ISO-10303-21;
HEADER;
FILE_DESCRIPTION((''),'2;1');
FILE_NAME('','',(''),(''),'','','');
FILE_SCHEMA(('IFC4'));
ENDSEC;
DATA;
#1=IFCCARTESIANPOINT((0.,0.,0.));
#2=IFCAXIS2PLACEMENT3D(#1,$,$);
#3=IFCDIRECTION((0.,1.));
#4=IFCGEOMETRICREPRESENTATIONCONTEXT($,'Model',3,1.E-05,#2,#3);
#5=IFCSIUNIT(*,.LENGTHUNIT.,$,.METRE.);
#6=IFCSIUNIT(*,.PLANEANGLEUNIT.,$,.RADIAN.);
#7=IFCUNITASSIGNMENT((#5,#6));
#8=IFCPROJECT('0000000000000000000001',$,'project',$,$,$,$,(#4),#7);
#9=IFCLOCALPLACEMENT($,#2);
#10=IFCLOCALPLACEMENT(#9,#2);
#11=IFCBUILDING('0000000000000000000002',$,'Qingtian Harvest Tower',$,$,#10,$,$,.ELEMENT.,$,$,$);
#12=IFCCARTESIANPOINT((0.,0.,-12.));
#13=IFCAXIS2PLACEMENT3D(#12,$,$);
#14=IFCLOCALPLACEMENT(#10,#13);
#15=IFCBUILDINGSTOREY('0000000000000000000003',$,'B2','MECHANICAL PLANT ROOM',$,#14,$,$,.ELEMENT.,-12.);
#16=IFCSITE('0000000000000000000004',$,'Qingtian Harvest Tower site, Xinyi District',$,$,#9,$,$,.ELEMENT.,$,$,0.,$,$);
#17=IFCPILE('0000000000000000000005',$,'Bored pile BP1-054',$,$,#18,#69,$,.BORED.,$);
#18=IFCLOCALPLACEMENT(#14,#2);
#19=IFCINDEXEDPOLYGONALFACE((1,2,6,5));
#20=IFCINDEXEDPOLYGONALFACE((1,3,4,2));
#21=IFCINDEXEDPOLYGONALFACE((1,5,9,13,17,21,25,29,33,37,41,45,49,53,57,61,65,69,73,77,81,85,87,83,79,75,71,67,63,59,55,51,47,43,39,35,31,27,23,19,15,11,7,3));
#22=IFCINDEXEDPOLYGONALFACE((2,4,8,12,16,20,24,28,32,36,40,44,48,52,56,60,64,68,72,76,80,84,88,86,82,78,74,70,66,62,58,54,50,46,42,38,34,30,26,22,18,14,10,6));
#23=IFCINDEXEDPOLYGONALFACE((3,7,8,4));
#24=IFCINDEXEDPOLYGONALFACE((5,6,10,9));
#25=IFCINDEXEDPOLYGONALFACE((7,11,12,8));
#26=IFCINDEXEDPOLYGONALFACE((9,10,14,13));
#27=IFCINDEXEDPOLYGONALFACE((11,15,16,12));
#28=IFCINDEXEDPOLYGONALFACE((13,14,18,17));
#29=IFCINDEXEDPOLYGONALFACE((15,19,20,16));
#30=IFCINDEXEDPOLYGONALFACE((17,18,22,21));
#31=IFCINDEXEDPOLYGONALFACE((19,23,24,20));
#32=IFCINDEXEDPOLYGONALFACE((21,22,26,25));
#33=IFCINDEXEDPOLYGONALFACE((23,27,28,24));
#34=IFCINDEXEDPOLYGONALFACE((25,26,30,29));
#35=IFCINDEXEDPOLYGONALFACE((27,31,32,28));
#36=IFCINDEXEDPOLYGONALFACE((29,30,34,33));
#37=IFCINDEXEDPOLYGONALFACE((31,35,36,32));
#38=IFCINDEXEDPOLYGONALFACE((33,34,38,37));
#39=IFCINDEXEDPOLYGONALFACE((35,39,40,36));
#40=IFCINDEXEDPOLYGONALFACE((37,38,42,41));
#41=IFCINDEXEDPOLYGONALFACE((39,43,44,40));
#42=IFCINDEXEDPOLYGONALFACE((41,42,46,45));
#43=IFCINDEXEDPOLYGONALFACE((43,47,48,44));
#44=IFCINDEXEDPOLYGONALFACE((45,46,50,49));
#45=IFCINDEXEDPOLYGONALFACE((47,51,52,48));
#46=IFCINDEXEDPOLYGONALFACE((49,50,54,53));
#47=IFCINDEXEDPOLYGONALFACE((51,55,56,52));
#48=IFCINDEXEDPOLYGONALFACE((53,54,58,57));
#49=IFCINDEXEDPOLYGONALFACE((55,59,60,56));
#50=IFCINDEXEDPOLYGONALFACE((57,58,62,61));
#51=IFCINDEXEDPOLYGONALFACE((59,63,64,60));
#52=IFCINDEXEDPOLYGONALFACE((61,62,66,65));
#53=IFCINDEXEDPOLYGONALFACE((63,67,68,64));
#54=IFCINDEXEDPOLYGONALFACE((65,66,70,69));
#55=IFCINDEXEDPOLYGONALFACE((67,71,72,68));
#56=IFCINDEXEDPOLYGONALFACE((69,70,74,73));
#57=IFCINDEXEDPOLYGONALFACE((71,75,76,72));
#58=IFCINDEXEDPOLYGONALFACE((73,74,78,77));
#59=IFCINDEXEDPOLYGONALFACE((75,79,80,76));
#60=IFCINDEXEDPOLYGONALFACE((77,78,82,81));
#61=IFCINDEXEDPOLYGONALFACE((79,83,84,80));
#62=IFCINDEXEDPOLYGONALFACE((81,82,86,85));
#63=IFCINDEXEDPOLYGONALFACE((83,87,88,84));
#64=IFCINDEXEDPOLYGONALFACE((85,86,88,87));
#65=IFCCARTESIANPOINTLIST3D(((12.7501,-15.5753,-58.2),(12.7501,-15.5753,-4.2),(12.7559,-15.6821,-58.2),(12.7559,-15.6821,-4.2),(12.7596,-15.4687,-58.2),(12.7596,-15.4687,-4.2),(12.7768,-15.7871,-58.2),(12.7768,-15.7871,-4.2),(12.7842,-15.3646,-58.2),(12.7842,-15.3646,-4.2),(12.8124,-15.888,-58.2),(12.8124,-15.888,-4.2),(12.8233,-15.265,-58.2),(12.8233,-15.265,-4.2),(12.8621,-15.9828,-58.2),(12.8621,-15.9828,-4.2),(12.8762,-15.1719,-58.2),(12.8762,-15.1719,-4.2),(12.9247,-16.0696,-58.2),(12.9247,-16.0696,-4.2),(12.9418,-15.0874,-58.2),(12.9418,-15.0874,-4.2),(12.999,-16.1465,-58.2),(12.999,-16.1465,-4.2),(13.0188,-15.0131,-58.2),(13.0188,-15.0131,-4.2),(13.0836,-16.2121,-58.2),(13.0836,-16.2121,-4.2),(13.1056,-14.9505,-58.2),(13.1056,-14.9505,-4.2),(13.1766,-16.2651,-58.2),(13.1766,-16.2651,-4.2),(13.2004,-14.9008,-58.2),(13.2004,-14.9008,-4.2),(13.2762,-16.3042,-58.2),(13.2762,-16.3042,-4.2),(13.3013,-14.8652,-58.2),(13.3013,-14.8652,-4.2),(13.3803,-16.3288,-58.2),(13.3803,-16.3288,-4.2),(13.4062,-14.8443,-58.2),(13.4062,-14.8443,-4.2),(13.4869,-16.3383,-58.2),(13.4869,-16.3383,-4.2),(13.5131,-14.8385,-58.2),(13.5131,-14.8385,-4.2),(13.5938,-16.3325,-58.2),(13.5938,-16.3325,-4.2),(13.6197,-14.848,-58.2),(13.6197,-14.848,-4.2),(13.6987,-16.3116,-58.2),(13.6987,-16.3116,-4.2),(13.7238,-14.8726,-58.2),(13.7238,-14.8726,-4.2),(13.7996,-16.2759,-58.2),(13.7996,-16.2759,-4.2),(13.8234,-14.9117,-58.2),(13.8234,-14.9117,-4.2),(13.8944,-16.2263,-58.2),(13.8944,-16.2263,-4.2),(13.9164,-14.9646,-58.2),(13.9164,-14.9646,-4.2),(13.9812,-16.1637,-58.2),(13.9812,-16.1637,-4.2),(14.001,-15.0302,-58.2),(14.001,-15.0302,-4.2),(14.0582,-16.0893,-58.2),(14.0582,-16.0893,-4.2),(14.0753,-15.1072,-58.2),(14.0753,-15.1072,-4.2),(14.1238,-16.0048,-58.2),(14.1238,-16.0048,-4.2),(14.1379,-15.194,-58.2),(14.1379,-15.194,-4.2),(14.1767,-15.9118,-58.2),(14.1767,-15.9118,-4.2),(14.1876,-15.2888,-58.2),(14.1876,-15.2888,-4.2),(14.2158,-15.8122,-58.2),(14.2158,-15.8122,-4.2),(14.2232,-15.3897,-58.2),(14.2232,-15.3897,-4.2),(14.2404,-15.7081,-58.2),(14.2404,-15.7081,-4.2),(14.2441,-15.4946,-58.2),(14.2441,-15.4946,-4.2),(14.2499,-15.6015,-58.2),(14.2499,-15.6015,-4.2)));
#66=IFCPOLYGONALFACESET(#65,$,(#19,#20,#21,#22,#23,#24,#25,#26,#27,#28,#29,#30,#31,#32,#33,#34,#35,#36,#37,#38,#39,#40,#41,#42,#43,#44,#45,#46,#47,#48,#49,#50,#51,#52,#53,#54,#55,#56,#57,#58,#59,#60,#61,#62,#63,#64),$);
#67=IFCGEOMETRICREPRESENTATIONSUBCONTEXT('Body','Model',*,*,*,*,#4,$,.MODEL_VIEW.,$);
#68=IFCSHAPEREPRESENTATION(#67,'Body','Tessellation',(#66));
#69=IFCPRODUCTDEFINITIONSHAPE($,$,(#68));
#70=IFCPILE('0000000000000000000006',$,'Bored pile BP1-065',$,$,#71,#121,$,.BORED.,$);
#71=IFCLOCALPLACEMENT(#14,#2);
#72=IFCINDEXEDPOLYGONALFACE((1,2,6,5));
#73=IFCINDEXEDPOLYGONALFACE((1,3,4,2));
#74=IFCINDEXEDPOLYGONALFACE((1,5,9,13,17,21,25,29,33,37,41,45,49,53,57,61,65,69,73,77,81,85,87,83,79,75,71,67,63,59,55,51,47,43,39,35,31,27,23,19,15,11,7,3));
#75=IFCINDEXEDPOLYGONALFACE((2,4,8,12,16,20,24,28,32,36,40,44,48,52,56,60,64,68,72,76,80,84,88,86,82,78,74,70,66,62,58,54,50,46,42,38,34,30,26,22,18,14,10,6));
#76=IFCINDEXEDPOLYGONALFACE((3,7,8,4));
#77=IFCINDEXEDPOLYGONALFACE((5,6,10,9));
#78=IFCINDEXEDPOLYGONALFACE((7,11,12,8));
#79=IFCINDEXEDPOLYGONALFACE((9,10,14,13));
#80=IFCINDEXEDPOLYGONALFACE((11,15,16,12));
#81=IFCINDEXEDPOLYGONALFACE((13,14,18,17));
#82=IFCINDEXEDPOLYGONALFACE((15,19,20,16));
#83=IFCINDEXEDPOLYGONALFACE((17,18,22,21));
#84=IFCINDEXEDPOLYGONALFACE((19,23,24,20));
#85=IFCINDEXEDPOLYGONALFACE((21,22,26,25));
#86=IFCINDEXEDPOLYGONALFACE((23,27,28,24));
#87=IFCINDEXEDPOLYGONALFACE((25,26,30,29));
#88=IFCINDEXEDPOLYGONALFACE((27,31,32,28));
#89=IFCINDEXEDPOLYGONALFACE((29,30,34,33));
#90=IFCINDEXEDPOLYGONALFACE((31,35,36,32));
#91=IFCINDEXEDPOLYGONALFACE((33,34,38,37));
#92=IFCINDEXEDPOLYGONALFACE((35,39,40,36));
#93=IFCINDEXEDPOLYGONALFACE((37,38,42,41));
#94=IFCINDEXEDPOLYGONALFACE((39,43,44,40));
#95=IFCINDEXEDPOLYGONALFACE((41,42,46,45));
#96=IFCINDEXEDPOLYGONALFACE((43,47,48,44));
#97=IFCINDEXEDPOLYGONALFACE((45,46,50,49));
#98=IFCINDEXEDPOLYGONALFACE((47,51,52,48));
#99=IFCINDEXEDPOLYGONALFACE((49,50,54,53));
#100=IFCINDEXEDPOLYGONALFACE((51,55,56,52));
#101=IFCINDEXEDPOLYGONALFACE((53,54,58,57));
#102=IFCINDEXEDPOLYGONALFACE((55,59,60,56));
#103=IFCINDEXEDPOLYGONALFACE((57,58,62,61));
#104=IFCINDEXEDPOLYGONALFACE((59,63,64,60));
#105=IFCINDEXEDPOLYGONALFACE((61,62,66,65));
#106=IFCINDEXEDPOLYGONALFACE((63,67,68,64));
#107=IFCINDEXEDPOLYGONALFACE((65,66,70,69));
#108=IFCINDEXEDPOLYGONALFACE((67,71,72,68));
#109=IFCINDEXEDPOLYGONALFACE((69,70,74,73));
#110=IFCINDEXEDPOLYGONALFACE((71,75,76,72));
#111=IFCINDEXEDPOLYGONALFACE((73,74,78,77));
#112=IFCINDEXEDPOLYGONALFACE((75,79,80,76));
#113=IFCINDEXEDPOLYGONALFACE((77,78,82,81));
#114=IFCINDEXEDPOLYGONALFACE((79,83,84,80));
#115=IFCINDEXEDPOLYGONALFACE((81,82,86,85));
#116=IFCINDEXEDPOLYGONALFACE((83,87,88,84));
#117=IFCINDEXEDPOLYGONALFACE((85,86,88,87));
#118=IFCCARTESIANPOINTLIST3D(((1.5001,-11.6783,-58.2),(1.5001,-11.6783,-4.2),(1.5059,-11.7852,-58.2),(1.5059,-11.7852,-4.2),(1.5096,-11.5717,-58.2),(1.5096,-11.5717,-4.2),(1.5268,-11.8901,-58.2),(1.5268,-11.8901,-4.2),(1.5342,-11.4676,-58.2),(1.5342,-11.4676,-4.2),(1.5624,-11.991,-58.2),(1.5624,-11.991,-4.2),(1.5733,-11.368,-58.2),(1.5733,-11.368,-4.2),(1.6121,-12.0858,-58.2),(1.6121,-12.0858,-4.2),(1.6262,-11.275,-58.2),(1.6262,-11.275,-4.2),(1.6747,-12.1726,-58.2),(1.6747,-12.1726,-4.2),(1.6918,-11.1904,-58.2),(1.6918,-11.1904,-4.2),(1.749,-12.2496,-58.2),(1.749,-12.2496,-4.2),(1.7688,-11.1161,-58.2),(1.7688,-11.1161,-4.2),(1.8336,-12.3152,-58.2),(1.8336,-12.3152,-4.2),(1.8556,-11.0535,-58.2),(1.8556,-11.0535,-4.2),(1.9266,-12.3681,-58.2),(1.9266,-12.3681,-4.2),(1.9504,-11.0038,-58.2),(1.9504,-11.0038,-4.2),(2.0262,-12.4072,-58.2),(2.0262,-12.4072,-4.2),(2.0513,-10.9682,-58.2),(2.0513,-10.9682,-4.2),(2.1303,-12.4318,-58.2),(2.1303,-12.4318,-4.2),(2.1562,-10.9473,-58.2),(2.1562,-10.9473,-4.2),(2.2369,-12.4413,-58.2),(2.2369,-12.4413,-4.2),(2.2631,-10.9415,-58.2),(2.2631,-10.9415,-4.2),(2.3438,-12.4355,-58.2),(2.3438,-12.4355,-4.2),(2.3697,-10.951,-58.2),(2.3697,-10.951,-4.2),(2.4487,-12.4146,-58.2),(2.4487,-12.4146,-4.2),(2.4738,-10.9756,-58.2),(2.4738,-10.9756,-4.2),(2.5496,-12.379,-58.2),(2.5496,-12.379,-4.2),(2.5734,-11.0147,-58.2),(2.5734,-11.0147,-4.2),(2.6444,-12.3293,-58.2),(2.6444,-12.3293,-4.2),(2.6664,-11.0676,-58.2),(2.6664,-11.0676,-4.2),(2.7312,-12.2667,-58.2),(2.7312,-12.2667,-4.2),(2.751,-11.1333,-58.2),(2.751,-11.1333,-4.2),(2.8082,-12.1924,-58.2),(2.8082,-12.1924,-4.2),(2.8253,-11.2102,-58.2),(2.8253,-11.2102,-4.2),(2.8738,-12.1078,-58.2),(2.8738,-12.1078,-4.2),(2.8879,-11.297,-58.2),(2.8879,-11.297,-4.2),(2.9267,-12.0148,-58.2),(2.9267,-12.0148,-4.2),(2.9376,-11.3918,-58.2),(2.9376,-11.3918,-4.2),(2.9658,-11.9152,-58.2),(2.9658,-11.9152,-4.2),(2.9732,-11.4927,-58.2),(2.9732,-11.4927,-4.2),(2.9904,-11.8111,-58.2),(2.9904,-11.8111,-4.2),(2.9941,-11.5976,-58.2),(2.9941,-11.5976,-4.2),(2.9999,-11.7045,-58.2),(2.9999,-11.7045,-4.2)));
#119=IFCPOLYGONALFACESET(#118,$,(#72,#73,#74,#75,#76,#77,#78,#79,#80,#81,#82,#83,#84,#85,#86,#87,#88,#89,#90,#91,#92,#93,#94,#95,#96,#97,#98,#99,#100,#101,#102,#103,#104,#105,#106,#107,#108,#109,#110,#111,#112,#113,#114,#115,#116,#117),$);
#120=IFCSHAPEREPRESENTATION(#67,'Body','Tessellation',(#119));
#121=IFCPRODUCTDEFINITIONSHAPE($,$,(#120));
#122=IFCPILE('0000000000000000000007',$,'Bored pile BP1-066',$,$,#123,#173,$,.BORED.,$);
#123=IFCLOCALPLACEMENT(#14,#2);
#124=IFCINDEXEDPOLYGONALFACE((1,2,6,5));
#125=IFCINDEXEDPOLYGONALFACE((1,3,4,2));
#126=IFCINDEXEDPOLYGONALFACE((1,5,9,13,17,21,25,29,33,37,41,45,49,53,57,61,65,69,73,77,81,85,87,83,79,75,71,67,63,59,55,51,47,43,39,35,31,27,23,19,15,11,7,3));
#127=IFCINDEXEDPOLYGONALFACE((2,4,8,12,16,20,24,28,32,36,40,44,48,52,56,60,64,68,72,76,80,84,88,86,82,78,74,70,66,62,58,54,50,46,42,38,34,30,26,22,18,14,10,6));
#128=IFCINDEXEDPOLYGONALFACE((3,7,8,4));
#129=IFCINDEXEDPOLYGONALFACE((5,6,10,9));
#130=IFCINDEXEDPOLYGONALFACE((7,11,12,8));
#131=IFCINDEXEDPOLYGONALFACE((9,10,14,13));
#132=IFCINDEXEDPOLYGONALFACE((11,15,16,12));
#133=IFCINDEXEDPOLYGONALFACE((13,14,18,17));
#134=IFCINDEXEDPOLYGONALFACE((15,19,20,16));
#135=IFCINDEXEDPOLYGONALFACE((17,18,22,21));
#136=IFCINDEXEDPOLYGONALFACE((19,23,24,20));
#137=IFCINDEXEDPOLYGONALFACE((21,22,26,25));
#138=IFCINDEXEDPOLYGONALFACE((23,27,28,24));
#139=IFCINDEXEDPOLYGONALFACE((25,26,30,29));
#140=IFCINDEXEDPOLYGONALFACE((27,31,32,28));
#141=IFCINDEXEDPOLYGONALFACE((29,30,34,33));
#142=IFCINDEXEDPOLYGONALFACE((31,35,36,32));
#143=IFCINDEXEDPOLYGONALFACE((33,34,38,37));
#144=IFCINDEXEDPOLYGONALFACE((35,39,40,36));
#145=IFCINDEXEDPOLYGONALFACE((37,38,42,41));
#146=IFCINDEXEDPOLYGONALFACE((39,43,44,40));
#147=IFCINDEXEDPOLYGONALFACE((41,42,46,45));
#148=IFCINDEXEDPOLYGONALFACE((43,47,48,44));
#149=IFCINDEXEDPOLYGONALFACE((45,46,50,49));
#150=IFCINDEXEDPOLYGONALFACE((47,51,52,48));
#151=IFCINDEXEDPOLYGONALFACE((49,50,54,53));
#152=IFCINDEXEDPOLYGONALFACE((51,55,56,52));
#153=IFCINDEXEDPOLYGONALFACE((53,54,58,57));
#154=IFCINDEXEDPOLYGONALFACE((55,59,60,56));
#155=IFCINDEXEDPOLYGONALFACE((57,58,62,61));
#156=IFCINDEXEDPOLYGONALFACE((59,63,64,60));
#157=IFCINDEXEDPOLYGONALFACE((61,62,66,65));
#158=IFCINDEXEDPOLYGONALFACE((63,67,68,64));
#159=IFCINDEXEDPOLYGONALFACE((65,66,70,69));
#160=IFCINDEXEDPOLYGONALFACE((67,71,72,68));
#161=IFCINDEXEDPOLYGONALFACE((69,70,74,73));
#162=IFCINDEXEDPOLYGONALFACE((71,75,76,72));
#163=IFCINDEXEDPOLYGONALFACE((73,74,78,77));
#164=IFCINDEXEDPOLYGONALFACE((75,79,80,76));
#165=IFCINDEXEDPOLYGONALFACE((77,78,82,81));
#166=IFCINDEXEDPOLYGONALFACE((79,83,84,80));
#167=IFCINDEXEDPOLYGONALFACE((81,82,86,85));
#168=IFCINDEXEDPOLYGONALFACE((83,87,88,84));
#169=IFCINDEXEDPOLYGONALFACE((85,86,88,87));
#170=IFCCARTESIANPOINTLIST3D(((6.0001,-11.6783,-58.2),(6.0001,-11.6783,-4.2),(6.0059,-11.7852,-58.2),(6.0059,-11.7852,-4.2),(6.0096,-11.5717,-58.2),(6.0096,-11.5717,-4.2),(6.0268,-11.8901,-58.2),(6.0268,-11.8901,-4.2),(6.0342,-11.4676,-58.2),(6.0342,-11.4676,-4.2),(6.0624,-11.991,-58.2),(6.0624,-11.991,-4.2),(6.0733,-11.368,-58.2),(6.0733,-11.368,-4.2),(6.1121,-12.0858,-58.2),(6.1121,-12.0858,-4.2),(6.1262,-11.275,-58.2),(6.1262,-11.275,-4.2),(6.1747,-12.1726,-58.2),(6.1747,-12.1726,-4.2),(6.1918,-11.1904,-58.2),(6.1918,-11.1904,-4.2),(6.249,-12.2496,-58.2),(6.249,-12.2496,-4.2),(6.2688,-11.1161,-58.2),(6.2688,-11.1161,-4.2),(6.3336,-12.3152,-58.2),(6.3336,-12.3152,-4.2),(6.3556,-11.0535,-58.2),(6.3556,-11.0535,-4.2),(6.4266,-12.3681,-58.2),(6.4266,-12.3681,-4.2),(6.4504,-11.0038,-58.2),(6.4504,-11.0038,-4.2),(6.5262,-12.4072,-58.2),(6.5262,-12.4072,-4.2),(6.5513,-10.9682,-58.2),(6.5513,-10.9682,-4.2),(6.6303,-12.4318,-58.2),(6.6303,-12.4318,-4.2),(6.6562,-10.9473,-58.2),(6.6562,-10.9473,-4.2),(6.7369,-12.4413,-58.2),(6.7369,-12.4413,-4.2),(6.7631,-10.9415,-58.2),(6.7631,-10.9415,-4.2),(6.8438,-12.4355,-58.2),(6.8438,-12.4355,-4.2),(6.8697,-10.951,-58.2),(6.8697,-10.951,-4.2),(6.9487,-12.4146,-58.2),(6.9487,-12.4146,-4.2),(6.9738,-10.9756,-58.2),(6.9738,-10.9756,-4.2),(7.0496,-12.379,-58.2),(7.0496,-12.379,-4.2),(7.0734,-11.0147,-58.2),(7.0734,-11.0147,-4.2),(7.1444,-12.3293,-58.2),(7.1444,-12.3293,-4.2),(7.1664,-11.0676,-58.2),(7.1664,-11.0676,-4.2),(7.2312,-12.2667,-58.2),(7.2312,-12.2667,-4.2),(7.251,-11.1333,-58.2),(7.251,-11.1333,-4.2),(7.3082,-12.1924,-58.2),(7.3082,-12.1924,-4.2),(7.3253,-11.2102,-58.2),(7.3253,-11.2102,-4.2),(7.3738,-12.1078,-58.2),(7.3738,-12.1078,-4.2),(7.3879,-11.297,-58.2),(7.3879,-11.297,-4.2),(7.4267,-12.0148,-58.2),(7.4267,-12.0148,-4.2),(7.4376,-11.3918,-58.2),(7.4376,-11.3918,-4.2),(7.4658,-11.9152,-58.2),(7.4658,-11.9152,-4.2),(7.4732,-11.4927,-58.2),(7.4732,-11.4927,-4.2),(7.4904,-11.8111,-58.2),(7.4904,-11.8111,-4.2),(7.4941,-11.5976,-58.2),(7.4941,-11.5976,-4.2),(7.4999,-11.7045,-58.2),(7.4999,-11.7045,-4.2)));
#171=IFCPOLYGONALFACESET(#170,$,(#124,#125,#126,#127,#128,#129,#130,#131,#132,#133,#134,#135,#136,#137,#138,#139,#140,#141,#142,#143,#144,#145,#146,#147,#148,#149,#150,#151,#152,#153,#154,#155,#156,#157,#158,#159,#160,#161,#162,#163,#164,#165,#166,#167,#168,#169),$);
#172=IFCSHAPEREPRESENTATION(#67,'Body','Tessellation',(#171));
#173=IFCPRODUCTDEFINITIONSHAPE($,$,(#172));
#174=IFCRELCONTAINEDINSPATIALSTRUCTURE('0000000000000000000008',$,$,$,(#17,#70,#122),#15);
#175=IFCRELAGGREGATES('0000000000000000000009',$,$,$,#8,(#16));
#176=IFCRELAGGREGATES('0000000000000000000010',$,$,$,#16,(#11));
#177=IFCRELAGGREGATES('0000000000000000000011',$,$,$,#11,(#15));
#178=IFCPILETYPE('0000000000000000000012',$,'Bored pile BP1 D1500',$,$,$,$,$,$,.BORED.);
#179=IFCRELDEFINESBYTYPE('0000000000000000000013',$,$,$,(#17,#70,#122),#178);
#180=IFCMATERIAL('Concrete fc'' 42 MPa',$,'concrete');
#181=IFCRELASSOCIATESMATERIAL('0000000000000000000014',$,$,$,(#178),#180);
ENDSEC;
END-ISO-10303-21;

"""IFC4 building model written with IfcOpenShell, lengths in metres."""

from ifc_helpers import new_model, si_unit, direction, frame, frame_2d, origin, place, context, subcontext, project, spatial, circle, extrude, material, material_profile, profile_set, type_object, element, save


model = new_model("IFC4")

# Units and contexts
model_context = context("Model", 3, precision=1e-05, world=origin(), true_north=direction((0.0, 1.0)))
body_context = subcontext(model_context, "Body", "Model", "MODEL_VIEW")
ifc_project = project(units=[si_unit("LENGTHUNIT", "METRE"), si_unit("PLANEANGLEUNIT", "RADIAN")], contexts=[model_context])

# Site, building, storey
site_placement = place(None, origin())
site = spatial("IfcSite", under=ifc_project, at=site_placement, Name="Qingtian Harvest Tower site, Xinyi District", CompositionType="ELEMENT", RefElevation=0.0)
building_placement = place(site_placement, origin())
building = spatial("IfcBuilding", under=site, at=building_placement, Name="Qingtian Harvest Tower", CompositionType="ELEMENT")
storey_placement = place(building_placement, frame((0.0, 0.0, -12.0)))
storey = spatial("IfcBuildingStorey", under=building, at=storey_placement, Name="B2", Description="MECHANICAL PLANT ROOM", CompositionType="ELEMENT", Elevation=-12.0)

# Piles
ifc_material_1 = material(Name="Concrete fc' 42 MPa", Category="concrete")
ifc_material_profile = material_profile(ifc_material_1, circle(Radius=0.75, at=frame_2d((0.0, 0.0), x_axis=(0.999848, 0.017452))), Name="Bored pile BP1 D1500")
ifc_profile_set = profile_set([ifc_material_profile], Name="Concrete fc' 42 MPa")
pile_type = type_object("IfcPileType", Name="Bored pile BP1 D1500", PredefinedType="BORED", material=ifc_profile_set)
for number, where, z_axis, x_axis, name in (
    (1, (13.5, -15.5884, -4.2), (0.0, 0.0, -1.0), (1.0, 0.0, 0.0), "Bored pile BP1-054"),
    (2, (2.25, -11.6914, -4.2), (0.0, 0.0, -1.0), (1.0, 0.0, 0.0), "Bored pile BP1-065"),
    (3, (6.75, -11.6914, -4.2), (0.0, 0.0, -1.0), (1.0, 0.0, 0.0), "Bored pile BP1-066"),
):
    element("IfcPile", number, at=place(storey_placement, frame(where, z_axis=z_axis, x_axis=x_axis)), inside=storey, type_object=pile_type, Name=name, PredefinedType="BORED", context=body_context, shape_type="SweptSolid", body=[
        extrude(circle(Radius=0.75, at=frame_2d((0.0, 0.0), x_axis=(0.999848, 0.017452))), origin(), (0.0, 0.0, 1.0), 54.0),
    ])

save(model, "model.ifc")
